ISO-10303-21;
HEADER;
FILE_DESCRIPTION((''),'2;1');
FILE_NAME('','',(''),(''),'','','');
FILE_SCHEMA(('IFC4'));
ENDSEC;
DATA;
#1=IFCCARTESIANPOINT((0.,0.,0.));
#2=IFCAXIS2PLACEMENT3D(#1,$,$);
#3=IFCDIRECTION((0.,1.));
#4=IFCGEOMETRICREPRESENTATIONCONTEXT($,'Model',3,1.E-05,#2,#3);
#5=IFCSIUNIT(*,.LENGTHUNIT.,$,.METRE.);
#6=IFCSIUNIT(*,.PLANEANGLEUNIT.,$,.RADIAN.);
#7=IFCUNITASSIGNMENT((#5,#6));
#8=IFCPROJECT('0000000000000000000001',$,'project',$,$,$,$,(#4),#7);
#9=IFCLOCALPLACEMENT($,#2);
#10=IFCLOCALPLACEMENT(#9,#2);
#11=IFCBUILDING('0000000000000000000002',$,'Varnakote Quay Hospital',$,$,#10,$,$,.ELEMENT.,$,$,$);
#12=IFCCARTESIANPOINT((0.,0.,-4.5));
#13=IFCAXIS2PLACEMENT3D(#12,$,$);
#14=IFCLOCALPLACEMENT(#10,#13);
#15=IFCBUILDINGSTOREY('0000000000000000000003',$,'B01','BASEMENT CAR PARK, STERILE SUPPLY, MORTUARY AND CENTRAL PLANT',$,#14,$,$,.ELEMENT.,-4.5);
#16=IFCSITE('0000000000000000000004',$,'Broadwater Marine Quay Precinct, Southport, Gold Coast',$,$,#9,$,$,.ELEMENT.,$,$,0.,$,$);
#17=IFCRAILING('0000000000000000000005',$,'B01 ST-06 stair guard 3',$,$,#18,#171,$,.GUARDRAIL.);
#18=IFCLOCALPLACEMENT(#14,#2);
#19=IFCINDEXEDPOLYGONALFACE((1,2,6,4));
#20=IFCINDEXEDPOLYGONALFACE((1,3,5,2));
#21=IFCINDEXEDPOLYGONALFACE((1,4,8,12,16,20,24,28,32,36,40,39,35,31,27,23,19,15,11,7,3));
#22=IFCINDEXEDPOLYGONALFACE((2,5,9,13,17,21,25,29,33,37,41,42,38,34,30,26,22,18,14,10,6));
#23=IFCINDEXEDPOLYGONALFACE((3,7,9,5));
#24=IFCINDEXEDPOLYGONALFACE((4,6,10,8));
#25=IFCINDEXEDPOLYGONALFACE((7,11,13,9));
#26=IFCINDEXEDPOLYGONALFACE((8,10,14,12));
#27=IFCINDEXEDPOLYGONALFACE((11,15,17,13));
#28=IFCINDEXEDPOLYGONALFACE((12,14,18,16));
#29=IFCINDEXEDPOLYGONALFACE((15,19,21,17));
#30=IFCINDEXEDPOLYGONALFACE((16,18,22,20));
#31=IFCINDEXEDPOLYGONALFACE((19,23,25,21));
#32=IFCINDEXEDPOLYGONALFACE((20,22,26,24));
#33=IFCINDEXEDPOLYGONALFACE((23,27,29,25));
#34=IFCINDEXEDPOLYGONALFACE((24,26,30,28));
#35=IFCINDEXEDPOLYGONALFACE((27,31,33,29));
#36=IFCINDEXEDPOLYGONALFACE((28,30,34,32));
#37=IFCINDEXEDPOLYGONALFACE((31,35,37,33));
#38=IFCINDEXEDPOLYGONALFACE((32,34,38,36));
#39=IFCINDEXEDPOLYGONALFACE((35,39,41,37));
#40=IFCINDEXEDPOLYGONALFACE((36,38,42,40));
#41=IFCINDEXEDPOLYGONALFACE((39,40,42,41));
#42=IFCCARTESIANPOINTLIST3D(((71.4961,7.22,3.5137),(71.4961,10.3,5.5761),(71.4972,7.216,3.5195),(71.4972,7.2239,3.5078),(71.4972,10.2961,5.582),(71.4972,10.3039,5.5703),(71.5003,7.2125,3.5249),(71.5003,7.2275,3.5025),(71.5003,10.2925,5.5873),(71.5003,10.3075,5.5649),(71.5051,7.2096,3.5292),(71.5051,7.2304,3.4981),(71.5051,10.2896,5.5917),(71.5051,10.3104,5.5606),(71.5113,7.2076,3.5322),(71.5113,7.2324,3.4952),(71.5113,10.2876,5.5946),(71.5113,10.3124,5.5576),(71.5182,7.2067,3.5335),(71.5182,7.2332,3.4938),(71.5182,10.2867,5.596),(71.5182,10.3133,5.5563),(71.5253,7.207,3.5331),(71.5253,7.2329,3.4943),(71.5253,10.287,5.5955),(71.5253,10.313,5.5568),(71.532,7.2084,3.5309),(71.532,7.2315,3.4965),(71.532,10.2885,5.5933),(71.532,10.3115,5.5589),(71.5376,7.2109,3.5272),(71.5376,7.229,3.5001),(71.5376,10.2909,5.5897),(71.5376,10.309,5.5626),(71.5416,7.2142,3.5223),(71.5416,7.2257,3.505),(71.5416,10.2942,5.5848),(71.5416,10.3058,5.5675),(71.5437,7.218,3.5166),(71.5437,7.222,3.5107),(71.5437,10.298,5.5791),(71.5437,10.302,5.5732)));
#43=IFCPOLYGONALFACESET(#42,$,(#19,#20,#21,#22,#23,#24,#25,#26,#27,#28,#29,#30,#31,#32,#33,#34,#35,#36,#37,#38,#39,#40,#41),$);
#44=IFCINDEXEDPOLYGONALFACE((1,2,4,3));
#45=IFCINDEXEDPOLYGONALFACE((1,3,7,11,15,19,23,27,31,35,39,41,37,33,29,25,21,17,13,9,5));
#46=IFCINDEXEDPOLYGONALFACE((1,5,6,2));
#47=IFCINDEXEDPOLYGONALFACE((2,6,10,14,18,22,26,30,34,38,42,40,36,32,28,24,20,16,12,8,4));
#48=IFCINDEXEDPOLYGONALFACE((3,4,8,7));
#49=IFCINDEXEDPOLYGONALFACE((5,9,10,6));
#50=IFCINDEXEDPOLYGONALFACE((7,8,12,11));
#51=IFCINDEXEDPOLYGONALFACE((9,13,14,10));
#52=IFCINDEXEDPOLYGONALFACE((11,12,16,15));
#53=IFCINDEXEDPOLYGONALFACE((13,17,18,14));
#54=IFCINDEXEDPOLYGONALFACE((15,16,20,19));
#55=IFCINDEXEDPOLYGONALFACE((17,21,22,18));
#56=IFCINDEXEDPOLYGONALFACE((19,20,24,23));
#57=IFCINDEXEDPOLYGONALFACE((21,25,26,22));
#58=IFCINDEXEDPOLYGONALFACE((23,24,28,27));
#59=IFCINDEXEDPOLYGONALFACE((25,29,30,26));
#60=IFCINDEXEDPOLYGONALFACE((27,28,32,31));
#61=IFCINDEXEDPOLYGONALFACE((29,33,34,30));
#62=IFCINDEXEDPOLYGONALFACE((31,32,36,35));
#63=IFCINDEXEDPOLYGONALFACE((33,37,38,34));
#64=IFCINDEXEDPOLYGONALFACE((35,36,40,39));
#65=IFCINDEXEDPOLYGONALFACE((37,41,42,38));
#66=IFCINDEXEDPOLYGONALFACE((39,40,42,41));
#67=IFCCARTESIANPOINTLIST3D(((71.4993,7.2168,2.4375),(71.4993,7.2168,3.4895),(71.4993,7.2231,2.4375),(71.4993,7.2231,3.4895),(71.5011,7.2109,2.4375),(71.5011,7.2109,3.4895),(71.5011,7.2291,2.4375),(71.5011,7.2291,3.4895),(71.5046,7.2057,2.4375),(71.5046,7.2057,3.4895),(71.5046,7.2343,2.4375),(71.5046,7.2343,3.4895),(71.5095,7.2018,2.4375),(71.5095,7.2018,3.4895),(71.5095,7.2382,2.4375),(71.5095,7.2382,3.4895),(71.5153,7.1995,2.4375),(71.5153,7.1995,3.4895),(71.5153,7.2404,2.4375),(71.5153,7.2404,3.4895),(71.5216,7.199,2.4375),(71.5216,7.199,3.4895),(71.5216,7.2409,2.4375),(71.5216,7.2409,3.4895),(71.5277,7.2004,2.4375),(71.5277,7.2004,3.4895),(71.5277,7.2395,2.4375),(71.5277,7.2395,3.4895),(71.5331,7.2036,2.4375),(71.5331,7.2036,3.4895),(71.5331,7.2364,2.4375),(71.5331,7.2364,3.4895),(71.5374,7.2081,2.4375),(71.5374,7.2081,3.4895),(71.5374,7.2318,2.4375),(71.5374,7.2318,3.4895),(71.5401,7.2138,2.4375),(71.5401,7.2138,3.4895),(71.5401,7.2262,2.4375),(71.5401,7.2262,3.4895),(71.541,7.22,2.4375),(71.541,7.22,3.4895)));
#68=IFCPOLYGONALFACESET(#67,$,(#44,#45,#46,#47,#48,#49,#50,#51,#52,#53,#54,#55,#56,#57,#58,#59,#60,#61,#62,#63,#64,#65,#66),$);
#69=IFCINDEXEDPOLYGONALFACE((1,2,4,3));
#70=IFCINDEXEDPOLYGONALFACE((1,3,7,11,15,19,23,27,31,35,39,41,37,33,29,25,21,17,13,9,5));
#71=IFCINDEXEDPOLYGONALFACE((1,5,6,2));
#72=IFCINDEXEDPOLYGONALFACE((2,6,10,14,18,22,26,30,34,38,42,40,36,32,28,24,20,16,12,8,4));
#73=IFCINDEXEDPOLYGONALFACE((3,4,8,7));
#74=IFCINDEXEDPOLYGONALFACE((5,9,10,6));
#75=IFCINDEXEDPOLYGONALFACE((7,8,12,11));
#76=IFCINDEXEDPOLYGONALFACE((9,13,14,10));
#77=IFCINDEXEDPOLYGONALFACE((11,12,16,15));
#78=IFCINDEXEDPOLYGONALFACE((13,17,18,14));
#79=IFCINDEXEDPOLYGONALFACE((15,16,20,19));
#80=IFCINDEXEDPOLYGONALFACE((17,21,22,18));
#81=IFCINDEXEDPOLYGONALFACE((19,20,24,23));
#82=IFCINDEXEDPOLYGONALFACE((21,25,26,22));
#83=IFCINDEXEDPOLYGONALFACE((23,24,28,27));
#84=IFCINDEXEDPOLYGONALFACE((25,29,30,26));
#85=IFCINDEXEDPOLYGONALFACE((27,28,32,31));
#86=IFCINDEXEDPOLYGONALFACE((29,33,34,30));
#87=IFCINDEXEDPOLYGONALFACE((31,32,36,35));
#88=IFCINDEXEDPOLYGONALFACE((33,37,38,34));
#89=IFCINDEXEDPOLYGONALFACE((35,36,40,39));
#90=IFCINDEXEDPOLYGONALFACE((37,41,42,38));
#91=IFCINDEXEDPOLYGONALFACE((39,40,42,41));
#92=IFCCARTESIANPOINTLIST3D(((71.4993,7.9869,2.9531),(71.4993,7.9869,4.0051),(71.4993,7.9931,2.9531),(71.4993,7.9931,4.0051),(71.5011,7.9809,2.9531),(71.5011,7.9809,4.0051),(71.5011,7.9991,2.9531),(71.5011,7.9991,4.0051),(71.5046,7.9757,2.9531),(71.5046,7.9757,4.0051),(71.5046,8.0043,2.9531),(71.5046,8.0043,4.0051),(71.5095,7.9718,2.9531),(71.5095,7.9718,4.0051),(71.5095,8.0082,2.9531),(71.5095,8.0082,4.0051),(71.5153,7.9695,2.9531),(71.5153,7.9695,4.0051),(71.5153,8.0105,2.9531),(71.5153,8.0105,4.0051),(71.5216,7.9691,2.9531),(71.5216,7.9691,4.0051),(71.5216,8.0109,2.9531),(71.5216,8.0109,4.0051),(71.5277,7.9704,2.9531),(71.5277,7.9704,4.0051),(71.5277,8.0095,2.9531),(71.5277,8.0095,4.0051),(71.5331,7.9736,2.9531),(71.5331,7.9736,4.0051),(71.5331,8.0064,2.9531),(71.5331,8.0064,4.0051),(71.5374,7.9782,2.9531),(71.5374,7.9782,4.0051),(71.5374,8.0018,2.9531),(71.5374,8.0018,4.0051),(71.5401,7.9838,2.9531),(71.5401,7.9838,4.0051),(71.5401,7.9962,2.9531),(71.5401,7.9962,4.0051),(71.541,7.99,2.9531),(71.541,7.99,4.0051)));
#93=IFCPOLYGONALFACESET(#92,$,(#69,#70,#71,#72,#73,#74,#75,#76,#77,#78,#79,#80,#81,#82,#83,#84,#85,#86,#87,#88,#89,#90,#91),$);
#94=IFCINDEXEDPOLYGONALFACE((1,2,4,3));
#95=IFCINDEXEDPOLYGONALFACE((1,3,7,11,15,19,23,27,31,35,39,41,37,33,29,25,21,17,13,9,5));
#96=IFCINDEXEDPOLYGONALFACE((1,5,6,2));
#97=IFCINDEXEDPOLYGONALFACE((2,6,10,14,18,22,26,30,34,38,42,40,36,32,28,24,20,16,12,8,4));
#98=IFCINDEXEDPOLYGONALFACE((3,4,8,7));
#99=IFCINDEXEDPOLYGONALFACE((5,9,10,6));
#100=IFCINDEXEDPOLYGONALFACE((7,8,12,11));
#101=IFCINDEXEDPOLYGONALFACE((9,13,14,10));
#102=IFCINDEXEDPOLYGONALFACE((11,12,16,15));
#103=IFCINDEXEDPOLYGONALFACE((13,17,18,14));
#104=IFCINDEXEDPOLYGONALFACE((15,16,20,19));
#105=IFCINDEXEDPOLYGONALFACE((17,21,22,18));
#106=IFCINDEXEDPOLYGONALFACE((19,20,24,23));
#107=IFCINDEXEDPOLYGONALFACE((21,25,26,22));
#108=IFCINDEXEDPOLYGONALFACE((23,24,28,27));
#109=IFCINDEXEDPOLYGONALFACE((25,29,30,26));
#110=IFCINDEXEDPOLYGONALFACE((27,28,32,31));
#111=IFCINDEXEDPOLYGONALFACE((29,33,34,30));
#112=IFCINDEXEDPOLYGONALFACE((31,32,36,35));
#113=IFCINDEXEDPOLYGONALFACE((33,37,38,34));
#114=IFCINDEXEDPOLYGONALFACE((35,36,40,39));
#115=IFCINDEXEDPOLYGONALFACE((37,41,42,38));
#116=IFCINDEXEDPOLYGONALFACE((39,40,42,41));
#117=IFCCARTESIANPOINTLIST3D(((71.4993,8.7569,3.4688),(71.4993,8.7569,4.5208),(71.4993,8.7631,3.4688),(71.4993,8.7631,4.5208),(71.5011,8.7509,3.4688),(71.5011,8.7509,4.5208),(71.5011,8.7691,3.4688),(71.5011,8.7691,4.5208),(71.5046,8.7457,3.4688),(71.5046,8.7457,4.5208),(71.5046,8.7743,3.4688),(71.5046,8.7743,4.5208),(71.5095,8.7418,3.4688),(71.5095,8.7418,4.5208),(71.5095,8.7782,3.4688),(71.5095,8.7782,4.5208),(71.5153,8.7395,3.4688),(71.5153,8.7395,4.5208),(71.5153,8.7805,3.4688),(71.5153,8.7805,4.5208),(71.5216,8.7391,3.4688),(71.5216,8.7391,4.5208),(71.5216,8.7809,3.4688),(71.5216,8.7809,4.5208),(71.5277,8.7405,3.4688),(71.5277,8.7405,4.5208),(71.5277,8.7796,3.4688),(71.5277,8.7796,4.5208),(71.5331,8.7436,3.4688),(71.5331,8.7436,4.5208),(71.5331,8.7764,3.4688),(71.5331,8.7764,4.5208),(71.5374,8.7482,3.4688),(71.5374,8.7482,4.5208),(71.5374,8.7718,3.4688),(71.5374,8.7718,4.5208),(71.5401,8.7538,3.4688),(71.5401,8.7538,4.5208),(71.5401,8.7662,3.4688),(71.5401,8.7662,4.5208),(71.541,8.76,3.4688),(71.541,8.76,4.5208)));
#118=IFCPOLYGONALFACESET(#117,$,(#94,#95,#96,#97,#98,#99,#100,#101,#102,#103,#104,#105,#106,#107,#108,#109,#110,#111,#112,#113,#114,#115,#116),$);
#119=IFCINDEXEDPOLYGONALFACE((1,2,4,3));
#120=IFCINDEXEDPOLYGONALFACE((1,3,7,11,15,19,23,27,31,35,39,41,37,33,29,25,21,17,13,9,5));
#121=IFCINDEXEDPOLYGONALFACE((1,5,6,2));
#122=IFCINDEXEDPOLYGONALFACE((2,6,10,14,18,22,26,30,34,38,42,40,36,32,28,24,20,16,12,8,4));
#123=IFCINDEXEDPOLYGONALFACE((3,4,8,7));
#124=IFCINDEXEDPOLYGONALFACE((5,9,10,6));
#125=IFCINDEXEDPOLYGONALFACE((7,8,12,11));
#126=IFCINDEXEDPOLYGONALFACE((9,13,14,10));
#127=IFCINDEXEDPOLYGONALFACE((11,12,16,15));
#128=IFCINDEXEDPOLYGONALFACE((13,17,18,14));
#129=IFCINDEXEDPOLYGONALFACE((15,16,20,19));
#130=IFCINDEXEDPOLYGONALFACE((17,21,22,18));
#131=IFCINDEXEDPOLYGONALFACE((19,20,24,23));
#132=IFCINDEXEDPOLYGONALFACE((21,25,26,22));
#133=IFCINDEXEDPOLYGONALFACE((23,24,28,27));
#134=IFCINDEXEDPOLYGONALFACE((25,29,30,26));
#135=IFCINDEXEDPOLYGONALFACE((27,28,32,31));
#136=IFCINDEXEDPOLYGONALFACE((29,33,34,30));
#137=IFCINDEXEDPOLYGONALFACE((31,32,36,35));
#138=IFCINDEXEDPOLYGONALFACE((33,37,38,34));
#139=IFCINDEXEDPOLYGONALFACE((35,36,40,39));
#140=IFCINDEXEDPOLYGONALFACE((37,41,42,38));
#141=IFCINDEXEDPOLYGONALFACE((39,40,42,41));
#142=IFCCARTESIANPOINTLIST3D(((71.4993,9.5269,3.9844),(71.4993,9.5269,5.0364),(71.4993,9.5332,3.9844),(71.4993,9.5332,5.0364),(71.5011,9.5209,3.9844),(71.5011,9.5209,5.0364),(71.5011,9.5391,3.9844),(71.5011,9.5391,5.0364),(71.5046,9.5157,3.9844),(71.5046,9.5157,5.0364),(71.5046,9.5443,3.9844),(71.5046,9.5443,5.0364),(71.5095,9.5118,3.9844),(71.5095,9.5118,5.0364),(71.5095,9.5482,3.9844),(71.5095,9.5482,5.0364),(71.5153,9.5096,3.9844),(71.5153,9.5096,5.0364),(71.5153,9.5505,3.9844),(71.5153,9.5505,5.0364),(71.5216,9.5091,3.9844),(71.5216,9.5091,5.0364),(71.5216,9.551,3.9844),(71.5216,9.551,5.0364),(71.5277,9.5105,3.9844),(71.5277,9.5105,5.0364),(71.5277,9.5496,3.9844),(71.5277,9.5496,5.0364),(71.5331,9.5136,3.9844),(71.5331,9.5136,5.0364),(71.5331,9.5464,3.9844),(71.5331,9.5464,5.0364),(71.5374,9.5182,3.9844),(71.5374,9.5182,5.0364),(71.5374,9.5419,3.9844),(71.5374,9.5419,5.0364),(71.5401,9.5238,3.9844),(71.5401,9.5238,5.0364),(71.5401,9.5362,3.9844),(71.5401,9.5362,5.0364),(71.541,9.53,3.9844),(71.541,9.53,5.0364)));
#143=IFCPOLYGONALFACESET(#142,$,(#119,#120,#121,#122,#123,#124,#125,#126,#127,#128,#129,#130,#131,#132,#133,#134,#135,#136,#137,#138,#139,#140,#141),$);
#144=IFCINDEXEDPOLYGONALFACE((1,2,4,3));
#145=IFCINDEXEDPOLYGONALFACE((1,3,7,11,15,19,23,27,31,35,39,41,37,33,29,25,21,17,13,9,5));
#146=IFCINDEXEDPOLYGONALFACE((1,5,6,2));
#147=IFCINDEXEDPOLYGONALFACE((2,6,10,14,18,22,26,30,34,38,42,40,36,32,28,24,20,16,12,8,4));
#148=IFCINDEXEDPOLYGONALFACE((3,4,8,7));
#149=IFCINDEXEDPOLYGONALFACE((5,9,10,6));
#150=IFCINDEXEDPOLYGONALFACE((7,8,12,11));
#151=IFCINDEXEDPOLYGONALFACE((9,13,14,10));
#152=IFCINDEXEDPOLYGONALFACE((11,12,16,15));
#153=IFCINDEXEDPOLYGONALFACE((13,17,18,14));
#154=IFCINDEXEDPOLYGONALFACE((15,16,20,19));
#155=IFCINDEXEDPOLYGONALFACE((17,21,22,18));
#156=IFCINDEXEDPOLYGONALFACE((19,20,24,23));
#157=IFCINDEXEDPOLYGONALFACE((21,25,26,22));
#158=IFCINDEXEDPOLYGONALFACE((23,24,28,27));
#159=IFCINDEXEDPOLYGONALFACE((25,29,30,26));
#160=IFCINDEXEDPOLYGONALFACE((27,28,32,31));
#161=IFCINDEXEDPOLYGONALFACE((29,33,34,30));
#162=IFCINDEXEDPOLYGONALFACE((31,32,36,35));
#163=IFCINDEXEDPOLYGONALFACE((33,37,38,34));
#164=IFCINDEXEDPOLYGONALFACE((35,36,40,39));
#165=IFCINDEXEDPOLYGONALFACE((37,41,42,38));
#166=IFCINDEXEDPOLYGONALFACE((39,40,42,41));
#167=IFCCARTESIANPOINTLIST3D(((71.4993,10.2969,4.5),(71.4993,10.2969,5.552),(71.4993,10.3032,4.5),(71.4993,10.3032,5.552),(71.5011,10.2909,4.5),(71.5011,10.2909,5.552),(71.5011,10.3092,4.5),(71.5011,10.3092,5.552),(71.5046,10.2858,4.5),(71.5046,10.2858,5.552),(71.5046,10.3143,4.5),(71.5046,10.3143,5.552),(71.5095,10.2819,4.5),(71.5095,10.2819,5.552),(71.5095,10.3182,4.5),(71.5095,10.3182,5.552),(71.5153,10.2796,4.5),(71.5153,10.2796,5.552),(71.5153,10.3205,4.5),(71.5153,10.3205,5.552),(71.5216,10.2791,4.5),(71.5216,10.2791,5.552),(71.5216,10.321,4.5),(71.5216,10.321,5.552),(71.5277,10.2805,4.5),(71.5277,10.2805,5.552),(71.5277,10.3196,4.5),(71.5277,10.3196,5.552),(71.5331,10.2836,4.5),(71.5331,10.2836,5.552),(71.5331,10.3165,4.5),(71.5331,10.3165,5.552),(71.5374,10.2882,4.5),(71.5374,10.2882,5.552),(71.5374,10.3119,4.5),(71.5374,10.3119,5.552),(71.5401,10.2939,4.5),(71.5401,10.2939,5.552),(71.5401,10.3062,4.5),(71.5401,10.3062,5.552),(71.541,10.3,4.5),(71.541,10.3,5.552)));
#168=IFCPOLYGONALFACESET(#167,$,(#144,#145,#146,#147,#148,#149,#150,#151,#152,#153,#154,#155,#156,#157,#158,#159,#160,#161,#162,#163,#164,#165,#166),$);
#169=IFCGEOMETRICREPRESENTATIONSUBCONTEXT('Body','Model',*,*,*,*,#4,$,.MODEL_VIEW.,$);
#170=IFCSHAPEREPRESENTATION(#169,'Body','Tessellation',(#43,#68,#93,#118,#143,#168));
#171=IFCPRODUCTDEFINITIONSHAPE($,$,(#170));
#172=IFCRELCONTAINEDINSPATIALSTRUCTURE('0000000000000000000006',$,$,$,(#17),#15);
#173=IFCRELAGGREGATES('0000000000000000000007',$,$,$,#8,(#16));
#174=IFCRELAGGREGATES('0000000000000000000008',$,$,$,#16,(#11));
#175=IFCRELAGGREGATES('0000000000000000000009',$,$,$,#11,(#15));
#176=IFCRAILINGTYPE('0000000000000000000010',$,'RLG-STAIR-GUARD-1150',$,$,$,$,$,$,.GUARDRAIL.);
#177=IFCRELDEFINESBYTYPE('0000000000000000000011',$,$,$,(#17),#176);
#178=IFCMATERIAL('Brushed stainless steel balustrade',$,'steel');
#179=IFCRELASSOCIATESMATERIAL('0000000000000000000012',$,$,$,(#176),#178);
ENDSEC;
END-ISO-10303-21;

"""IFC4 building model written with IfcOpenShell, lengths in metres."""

from ifc_helpers import new_model, si_unit, direction, frame, origin, origin_2d, place, context, subcontext, project, spatial, circle, extrude, material, type_object, element, save


model = new_model("IFC4")

# Units and contexts
model_context = context("Model", 3, precision=1e-05, world=origin(), true_north=direction((0.0, 1.0)))
body_context = subcontext(model_context, "Body", "Model", "MODEL_VIEW")
ifc_project = project(units=[si_unit("LENGTHUNIT", "METRE"), si_unit("PLANEANGLEUNIT", "RADIAN")], contexts=[model_context])

# Site, building, storey
site_placement = place(None, origin())
site = spatial("IfcSite", under=ifc_project, at=site_placement, Name="Broadwater Marine Quay Precinct, Southport, Gold Coast", CompositionType="ELEMENT", RefElevation=0.0)
building_placement = place(site_placement, origin())
building = spatial("IfcBuilding", under=site, at=building_placement, Name="Varnakote Quay Hospital", CompositionType="ELEMENT")
storey_placement = place(building_placement, frame((0.0, 0.0, -4.5)))
storey = spatial("IfcBuildingStorey", under=building, at=storey_placement, Name="B01", Description="BASEMENT CAR PARK, STERILE SUPPLY, MORTUARY AND CENTRAL PLANT", CompositionType="ELEMENT", Elevation=-4.5)

# Railing
ifc_material_1 = material(Name="Brushed stainless steel balustrade", Category="steel")
railing_type_1 = type_object("IfcRailingType", Name="RLG-STAIR-GUARD-1150", PredefinedType="GUARDRAIL", material=ifc_material_1)
railing_1_placement = place(storey_placement, frame((71.52, 7.22, 2.4375)))
element("IfcRailing", 1, at=railing_1_placement, inside=storey, type_object=railing_type_1, Name="B01 ST-06 stair guard 3", PredefinedType="GUARDRAIL", context=body_context, shape_type="SweptSolid", body=[
    extrude(circle(Radius=0.0239, at=origin_2d()), frame((0.0, 0.0, 1.0762), z_axis=(0.0, 0.830914, 0.556401), x_axis=(-1.0, 0.0, 0.0)), (0.0, 0.0, 1.0), 3.7068),
    extrude(circle(Radius=0.021, at=origin_2d()), origin(), (0.0, 0.0, 1.0), 1.052),
    extrude(circle(Radius=0.021, at=origin_2d()), frame((0.0, 0.77, 0.5156)), (0.0, 0.0, 1.0), 1.052),
    extrude(circle(Radius=0.021, at=origin_2d()), frame((0.0, 1.54, 1.0312)), (0.0, 0.0, 1.0), 1.052),
    extrude(circle(Radius=0.021, at=origin_2d()), frame((0.0, 2.3101, 1.5469)), (0.0, 0.0, 1.0), 1.052),
    extrude(circle(Radius=0.021, at=origin_2d()), frame((0.0, 3.0801, 2.0625)), (0.0, 0.0, 1.0), 1.052),
])

save(model, "model.ifc")
